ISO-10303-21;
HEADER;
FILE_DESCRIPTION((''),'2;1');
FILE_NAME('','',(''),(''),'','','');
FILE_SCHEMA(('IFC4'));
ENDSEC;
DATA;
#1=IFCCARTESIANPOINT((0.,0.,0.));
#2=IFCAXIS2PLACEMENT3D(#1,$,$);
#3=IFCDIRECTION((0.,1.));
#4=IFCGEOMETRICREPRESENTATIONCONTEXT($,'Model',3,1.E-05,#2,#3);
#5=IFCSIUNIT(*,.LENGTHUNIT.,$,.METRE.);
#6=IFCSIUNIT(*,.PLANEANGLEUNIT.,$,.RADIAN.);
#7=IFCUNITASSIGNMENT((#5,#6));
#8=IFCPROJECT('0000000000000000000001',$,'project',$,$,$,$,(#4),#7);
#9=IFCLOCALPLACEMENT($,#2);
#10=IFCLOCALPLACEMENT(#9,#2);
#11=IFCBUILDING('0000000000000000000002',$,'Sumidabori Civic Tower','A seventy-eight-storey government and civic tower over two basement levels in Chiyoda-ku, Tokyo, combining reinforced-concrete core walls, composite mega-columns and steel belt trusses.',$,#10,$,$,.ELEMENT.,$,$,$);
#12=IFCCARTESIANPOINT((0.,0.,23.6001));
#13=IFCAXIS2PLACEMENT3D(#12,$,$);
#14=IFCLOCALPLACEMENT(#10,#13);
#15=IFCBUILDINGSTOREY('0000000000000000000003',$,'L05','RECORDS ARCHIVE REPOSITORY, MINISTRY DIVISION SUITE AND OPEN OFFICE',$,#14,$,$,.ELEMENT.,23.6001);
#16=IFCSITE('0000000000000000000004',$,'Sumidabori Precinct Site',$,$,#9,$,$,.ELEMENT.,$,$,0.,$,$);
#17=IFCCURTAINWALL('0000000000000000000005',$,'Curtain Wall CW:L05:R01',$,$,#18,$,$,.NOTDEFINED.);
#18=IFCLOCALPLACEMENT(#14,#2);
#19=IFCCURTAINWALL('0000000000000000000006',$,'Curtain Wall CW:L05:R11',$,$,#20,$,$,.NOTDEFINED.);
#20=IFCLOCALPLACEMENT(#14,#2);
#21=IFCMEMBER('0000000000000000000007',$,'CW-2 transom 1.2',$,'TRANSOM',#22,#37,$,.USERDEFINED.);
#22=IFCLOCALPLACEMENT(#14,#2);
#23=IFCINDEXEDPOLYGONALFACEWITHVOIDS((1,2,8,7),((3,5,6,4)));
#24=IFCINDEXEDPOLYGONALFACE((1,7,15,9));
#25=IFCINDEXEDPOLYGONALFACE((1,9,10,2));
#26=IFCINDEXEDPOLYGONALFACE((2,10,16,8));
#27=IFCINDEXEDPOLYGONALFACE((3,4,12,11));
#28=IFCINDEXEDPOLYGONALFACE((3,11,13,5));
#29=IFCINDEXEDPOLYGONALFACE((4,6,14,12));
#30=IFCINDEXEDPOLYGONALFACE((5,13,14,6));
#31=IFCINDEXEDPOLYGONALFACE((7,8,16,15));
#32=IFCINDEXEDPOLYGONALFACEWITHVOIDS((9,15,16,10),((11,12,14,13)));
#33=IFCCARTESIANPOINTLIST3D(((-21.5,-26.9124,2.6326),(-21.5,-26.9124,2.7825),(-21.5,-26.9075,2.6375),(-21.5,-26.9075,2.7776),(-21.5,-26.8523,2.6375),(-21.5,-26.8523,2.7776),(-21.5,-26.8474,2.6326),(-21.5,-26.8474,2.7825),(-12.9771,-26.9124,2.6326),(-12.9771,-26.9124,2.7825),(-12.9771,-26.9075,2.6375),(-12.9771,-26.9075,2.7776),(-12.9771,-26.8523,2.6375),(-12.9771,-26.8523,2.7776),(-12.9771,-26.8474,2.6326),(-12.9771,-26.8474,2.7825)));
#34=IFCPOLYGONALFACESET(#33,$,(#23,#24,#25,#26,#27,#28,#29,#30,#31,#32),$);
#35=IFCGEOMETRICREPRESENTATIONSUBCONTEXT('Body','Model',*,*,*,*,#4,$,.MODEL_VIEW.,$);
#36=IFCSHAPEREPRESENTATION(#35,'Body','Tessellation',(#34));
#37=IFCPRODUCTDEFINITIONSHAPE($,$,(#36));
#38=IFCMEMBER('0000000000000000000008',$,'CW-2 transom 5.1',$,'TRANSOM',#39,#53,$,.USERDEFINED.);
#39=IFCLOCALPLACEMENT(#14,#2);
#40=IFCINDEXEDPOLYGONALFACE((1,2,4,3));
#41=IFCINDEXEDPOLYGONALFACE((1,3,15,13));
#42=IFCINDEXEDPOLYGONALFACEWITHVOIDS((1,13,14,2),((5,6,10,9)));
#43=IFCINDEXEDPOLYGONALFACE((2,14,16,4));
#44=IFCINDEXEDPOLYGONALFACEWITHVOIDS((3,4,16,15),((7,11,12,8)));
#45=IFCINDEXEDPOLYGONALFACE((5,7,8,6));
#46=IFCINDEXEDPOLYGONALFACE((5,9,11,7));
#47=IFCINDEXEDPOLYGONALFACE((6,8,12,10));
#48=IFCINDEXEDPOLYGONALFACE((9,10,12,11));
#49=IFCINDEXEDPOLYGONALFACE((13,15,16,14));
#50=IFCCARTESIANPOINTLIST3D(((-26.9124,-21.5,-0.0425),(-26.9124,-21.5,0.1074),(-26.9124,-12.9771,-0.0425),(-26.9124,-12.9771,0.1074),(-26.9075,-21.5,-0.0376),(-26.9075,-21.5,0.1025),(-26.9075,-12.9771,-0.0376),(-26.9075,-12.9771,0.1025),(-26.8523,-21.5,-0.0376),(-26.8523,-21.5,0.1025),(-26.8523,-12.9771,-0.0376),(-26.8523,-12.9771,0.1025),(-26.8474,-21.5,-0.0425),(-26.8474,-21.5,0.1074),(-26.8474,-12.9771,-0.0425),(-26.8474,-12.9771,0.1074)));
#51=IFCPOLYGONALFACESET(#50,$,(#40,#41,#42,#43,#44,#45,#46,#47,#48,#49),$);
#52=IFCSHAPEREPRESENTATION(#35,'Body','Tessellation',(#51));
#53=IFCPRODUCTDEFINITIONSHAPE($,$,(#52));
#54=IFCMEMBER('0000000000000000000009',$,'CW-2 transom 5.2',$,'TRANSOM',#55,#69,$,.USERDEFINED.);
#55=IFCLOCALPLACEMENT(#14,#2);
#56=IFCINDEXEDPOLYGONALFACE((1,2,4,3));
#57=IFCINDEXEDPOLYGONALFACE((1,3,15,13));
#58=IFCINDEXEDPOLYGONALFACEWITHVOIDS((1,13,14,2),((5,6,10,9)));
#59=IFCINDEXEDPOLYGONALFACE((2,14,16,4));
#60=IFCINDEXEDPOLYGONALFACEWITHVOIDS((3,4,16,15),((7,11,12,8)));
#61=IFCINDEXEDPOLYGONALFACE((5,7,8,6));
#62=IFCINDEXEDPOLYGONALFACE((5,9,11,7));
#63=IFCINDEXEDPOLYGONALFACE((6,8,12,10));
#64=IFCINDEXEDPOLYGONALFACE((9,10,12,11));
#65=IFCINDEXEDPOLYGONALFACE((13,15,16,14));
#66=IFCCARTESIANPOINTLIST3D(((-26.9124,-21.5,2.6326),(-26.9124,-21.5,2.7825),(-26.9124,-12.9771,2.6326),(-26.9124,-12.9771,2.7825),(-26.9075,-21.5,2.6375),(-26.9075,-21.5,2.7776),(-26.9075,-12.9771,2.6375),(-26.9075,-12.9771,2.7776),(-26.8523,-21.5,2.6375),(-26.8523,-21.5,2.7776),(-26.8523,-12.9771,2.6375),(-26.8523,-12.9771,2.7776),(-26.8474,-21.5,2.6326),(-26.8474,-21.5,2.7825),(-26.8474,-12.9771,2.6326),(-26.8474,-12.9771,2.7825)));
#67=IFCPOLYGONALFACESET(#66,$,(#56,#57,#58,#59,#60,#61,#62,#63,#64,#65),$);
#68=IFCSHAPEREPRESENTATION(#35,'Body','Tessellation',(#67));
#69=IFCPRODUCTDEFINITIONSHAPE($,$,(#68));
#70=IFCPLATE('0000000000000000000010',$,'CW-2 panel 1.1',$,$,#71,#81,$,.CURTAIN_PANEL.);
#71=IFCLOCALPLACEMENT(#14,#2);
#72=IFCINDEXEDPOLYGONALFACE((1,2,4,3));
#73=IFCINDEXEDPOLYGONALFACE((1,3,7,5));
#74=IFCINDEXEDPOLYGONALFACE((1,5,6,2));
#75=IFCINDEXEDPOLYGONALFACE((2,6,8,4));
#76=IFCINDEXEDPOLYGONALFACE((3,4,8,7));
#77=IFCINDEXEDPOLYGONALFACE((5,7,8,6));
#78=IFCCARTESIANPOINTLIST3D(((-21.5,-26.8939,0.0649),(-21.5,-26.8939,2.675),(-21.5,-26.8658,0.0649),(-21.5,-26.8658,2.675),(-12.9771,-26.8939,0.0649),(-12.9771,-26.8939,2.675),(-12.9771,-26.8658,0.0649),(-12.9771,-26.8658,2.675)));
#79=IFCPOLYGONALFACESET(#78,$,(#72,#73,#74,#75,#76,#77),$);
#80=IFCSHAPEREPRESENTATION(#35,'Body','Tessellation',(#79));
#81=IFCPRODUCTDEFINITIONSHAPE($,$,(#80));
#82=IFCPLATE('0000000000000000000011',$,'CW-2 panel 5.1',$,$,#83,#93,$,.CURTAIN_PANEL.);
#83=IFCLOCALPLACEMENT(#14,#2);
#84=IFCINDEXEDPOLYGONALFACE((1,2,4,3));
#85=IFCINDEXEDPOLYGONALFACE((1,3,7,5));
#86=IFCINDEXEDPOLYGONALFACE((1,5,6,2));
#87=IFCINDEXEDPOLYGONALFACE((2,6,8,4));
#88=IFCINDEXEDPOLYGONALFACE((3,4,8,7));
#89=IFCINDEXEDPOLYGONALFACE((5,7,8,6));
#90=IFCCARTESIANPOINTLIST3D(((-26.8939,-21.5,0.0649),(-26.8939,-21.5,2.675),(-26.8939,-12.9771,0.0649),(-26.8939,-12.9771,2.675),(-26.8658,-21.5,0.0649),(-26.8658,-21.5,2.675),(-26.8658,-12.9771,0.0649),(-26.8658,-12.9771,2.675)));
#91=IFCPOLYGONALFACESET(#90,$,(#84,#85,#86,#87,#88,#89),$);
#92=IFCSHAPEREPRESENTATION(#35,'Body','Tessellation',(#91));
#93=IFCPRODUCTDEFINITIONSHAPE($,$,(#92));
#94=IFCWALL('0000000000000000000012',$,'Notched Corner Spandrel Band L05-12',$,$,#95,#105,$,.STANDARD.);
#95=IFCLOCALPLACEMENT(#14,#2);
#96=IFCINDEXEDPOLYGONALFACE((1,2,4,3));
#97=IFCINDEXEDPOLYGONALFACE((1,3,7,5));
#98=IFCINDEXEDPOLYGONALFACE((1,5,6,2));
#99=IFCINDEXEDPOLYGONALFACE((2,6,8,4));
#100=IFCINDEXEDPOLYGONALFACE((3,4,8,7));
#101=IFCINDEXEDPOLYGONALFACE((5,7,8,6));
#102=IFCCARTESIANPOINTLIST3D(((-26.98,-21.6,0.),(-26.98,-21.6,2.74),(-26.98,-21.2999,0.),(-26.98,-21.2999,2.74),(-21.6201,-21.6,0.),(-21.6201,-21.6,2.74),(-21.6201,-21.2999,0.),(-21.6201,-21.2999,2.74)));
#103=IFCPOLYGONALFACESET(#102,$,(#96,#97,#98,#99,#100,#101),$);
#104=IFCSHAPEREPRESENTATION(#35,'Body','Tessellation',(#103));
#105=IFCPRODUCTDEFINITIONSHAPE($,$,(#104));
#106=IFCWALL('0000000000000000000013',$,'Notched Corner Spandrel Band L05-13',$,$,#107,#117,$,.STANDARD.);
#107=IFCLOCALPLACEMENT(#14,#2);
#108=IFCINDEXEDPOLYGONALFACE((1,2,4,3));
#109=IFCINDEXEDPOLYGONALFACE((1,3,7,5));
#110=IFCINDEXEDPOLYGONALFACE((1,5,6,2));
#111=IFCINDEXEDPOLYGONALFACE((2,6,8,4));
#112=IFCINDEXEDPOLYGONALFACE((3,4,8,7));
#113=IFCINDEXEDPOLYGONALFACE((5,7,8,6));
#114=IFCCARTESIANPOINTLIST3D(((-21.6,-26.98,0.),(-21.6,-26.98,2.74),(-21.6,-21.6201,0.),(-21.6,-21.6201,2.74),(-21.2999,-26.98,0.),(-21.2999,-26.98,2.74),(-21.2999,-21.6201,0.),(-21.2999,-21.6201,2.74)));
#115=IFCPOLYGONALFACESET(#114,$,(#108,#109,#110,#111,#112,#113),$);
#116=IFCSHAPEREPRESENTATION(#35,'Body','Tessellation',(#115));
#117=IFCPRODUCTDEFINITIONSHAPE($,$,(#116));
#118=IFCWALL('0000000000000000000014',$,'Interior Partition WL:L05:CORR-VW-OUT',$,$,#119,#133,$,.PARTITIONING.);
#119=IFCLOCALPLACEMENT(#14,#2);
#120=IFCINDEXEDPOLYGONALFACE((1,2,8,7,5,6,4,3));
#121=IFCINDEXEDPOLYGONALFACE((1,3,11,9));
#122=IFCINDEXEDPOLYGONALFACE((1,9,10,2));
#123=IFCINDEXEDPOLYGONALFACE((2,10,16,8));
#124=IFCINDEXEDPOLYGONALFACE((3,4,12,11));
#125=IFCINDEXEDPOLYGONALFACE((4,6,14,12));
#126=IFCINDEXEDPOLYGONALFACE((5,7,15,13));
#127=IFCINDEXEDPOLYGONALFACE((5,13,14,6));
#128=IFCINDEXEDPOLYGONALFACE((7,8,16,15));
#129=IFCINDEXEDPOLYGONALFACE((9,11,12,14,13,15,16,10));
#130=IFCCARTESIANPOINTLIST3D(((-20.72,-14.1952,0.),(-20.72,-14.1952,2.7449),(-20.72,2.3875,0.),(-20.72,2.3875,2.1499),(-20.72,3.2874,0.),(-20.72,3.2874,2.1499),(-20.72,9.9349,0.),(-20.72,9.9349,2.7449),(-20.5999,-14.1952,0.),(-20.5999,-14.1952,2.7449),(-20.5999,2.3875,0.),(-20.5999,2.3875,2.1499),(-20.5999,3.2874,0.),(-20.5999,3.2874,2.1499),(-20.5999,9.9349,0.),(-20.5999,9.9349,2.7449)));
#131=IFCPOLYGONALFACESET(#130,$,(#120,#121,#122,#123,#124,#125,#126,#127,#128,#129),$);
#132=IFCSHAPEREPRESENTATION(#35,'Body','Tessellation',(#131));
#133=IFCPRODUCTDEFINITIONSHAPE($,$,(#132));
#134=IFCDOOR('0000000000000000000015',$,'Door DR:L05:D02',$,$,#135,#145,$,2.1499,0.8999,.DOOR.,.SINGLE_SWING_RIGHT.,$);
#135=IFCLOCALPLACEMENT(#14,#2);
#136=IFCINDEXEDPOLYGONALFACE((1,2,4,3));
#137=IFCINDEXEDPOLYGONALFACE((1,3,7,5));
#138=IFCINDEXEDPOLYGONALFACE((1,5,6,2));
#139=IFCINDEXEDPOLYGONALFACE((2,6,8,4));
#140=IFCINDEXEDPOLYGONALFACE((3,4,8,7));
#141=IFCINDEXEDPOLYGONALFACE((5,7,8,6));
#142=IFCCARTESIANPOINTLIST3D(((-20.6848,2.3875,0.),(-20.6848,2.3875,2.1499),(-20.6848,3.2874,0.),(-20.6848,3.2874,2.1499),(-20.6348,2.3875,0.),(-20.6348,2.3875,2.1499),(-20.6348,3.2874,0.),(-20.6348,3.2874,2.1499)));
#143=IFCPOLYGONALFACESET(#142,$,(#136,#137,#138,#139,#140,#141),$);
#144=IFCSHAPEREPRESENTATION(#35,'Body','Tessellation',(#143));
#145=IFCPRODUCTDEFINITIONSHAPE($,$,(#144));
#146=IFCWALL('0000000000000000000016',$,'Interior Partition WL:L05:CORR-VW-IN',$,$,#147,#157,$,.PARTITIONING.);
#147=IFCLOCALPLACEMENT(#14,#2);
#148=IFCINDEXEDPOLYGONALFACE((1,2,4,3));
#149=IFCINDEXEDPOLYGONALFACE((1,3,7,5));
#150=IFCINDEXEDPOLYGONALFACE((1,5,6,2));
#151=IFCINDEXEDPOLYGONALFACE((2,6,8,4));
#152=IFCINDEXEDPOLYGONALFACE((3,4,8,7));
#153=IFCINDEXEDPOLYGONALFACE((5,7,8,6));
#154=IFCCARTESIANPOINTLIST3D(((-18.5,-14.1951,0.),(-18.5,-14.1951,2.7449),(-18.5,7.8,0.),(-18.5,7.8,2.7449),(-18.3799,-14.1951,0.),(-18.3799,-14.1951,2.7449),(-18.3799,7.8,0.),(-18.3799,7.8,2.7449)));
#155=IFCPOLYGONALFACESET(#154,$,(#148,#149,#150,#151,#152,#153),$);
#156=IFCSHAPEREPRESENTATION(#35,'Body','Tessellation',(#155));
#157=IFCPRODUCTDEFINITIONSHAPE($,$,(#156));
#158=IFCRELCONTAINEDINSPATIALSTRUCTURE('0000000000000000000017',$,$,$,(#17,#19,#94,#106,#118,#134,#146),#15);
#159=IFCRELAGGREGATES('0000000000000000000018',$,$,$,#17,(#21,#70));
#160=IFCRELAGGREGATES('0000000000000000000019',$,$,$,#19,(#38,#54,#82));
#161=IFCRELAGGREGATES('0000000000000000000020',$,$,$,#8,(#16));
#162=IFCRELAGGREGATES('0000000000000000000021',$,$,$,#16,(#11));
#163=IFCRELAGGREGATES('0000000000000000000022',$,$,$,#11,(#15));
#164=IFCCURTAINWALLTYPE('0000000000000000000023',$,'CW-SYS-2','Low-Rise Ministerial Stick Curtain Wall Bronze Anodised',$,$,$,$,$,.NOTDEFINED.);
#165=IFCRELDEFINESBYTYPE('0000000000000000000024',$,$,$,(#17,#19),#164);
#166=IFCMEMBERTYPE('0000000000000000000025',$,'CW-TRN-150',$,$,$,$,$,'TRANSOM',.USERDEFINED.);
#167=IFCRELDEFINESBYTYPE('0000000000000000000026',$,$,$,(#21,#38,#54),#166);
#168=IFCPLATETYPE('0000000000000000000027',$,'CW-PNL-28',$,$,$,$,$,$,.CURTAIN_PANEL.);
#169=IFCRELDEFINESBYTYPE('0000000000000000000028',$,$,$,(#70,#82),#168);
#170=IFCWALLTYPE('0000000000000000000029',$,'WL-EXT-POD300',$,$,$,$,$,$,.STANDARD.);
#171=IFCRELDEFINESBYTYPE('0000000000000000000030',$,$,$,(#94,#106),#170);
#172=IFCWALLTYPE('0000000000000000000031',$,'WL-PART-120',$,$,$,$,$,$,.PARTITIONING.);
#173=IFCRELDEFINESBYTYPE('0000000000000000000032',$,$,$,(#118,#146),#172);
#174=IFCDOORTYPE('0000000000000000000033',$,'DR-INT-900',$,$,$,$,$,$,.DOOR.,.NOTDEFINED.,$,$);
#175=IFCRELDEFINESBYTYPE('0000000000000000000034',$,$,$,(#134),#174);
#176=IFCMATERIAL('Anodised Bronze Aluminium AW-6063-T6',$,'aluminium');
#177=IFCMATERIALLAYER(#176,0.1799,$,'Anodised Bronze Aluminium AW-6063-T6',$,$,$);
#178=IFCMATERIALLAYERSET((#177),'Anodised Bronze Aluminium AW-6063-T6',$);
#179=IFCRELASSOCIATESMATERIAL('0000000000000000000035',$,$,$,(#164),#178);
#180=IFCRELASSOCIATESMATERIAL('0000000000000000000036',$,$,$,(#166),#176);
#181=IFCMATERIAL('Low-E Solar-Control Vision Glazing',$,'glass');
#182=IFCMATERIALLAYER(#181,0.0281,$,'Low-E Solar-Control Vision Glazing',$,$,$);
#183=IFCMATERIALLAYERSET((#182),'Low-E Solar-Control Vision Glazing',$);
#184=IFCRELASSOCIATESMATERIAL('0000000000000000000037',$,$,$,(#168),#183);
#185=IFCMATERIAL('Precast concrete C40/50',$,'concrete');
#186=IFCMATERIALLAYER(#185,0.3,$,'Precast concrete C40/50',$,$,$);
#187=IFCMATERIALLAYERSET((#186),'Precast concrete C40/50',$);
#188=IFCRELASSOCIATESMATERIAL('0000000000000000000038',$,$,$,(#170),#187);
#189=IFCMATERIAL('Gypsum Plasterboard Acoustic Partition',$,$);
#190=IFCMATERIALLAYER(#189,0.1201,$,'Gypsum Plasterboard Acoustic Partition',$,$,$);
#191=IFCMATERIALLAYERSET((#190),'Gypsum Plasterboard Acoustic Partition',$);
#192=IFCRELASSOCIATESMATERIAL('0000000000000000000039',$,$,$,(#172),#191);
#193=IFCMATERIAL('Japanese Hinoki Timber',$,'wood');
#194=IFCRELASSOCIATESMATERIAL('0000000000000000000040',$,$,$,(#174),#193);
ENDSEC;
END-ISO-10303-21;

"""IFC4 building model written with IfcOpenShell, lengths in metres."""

from ifc_helpers import new_model, si_unit, direction, frame, frame_2d, origin, origin_2d, place, context, subcontext, project, spatial, rectangle, hollow_rectangle, extrude, source, transform, mapped, material, layer, layer_set, material_profile, profile_set, type_object, element, fill, aggregate, save


model = new_model("IFC4")

# Units and contexts
model_context = context("Model", 3, precision=1e-05, world=origin(), true_north=direction((0.0, 1.0)))
body_context = subcontext(model_context, "Body", "Model", "MODEL_VIEW")
ifc_project = project(units=[si_unit("LENGTHUNIT", "METRE"), si_unit("PLANEANGLEUNIT", "RADIAN")], contexts=[model_context])

# Site, building, storey
site_placement = place(None, origin())
site = spatial("IfcSite", under=ifc_project, at=site_placement, Name="Sumidabori Precinct Site", CompositionType="ELEMENT", RefElevation=0.0)
building_placement = place(site_placement, origin())
building = spatial("IfcBuilding", under=site, at=building_placement, Name="Sumidabori Civic Tower", Description="A seventy-eight-storey government and civic tower over two basement levels in Chiyoda-ku, Tokyo, combining reinforced-concrete core walls, composite mega-columns and steel belt trusses.", CompositionType="ELEMENT")
storey_placement = place(building_placement, frame((0.0, 0.0, 23.6001)))
storey = spatial("IfcBuildingStorey", under=building, at=storey_placement, Name="L05", Description="RECORDS ARCHIVE REPOSITORY, MINISTRY DIVISION SUITE AND OPEN OFFICE", CompositionType="ELEMENT", Elevation=23.6001)

# Curtain walls
ifc_material_1 = material(Name="Anodised Bronze Aluminium AW-6063-T6", Category="aluminium")
ifc_layer_1 = layer(ifc_material_1, 0.1799, Name="Anodised Bronze Aluminium AW-6063-T6")
ifc_layer_set_1 = layer_set([ifc_layer_1], Name="Anodised Bronze Aluminium AW-6063-T6")
curtain_wall_type = type_object("IfcCurtainWallType", Name="CW-SYS-2", Description="Low-Rise Ministerial Stick Curtain Wall Bronze Anodised", PredefinedType="NOTDEFINED", material=ifc_layer_set_1)
curtain_wall_1_placement = place(storey_placement, origin())
curtain_wall_1 = element("IfcCurtainWall", 1, at=curtain_wall_1_placement, inside=storey, type_object=curtain_wall_type, Name="Curtain Wall CW:L05:R01", PredefinedType="NOTDEFINED")
curtain_wall_2_placement = place(storey_placement, origin())
curtain_wall_2 = element("IfcCurtainWall", 2, at=curtain_wall_2_placement, inside=storey, type_object=curtain_wall_type, Name="Curtain Wall CW:L05:R11", PredefinedType="NOTDEFINED")

# Members
ifc_material_profile_1 = material_profile(ifc_material_1, hollow_rectangle(XDim=0.0649, YDim=0.1499, WallThickness=0.0049, at=origin_2d()), Name="ALU TRANSOM 150x65")
ifc_profile_set_1 = profile_set([ifc_material_profile_1], Name="Anodised Bronze Aluminium AW-6063-T6")
member_type_1 = type_object("IfcMemberType", Name="CW-TRN-150", ElementType="TRANSOM", PredefinedType="USERDEFINED", material=ifc_profile_set_1)
shared_shape_1 = source(origin(), body_context, "Body", "SweptSolid", [
    extrude(hollow_rectangle(XDim=0.0649, YDim=0.1499, WallThickness=0.0049, at=origin_2d()), origin(), (0.0, 0.0, 1.0), 8.5229),
])
member_1_placement = place(storey_placement, frame((-21.5, -26.8799, 2.7075), z_axis=(1.0, 0.0, 0.0), x_axis=(0.0, 1.0, 0.0)))
member_1 = element("IfcMember", 3, at=member_1_placement, type_object=member_type_1, Name="CW-2 transom 1.2", ObjectType="TRANSOM", PredefinedType="USERDEFINED", context=body_context, shape_type="MappedRepresentation", body=[
    mapped(shared_shape_1, transform((0.0, 0.0, 0.0), x_axis=(1.0, 0.0, 0.0), y_axis=(0.0, 1.0, 0.0), z_axis=(0.0, 0.0, 1.0), scale=1.0)),
])
member_2_placement = place(storey_placement, frame((-26.8799, -12.9771, 0.0325), z_axis=(0.0, -1.0, 0.0), x_axis=(1.0, 0.0, 0.0)))
member_2 = element("IfcMember", 4, at=member_2_placement, type_object=member_type_1, Name="CW-2 transom 5.1", ObjectType="TRANSOM", PredefinedType="USERDEFINED", context=body_context, shape_type="MappedRepresentation", body=[
    mapped(shared_shape_1, transform((0.0, 0.0, 0.0), x_axis=(1.0, 0.0, 0.0), y_axis=(0.0, 1.0, 0.0), z_axis=(0.0, 0.0, 1.0), scale=1.0)),
])
member_3_placement = place(storey_placement, frame((-26.8799, -12.9771, 2.7075), z_axis=(0.0, -1.0, 0.0), x_axis=(1.0, 0.0, 0.0)))
member_3 = element("IfcMember", 5, at=member_3_placement, type_object=member_type_1, Name="CW-2 transom 5.2", ObjectType="TRANSOM", PredefinedType="USERDEFINED", context=body_context, shape_type="MappedRepresentation", body=[
    mapped(shared_shape_1, transform((0.0, 0.0, 0.0), x_axis=(1.0, 0.0, 0.0), y_axis=(0.0, 1.0, 0.0), z_axis=(0.0, 0.0, 1.0), scale=1.0)),
])

# Plates
ifc_material_2 = material(Name="Low-E Solar-Control Vision Glazing", Category="glass")
ifc_layer_2 = layer(ifc_material_2, 0.0281, Name="Low-E Solar-Control Vision Glazing")
ifc_layer_set_2 = layer_set([ifc_layer_2], Name="Low-E Solar-Control Vision Glazing")
plate_type = type_object("IfcPlateType", Name="CW-PNL-28", PredefinedType="CURTAIN_PANEL", material=ifc_layer_set_2)
shared_shape_2 = source(origin(), body_context, "Body", "SweptSolid", [
    extrude(rectangle(XDim=8.5229, YDim=0.0281, at=origin_2d()), origin(), (0.0, 0.0, 1.0), 2.6101),
])
plate_1_placement = place(storey_placement, frame((-17.2385, -26.8799, 0.0649), z_axis=(0.0, 0.0, 1.0), x_axis=(1.0, 0.0, 0.0)))
plate_1 = element("IfcPlate", 6, at=plate_1_placement, type_object=plate_type, Name="CW-2 panel 1.1", PredefinedType="CURTAIN_PANEL", context=body_context, shape_type="MappedRepresentation", body=[
    mapped(shared_shape_2, transform((0.0, 0.0, 0.0), x_axis=(1.0, 0.0, 0.0), y_axis=(0.0, 1.0, 0.0), z_axis=(0.0, 0.0, 1.0), scale=1.0)),
])
aggregate(curtain_wall_1, [member_1, plate_1])
plate_2_placement = place(storey_placement, frame((-26.8799, -17.2385, 0.0649), z_axis=(0.0, 0.0, 1.0), x_axis=(0.0, -1.0, 0.0)))
plate_2 = element("IfcPlate", 7, at=plate_2_placement, type_object=plate_type, Name="CW-2 panel 5.1", PredefinedType="CURTAIN_PANEL", context=body_context, shape_type="MappedRepresentation", body=[
    mapped(shared_shape_2, transform((0.0, 0.0, 0.0), x_axis=(1.0, 0.0, 0.0), y_axis=(0.0, 1.0, 0.0), z_axis=(0.0, 0.0, 1.0), scale=1.0)),
])
aggregate(curtain_wall_2, [member_2, member_3, plate_2])

# Walls
ifc_material_3 = material(Name="Precast concrete C40/50", Category="concrete")
ifc_layer_3 = layer(ifc_material_3, 0.3, Name="Precast concrete C40/50")
ifc_layer_set_3 = layer_set([ifc_layer_3], Name="Precast concrete C40/50")
wall_type_1 = type_object("IfcWallType", Name="WL-EXT-POD300", PredefinedType="STANDARD", material=ifc_layer_set_3)
shared_shape_3 = source(origin(), body_context, "Body", "SweptSolid", [
    extrude(rectangle(XDim=5.3599, YDim=0.3, at=frame_2d((2.6799, 0.0))), origin(), (0.0, 0.0, 1.0), 2.74),
])
for number, where, z_axis, x_axis, name in (
    (8, (-26.98, -21.45, 0.0), (0.0, 0.0, 1.0), (1.0, 0.0, 0.0), "Notched Corner Spandrel Band L05-12"),
    (9, (-21.45, -21.6201, 0.0), (0.0, 0.0, 1.0), (0.0, -1.0, 0.0), "Notched Corner Spandrel Band L05-13"),
):
    element("IfcWall", number, at=place(storey_placement, frame(where, z_axis=z_axis, x_axis=x_axis)), inside=storey, type_object=wall_type_1, Name=name, PredefinedType="STANDARD", context=body_context, shape_type="MappedRepresentation", body=[
        mapped(shared_shape_3, transform((0.0, 0.0, 0.0), x_axis=(1.0, 0.0, 0.0), y_axis=(0.0, 1.0, 0.0), z_axis=(0.0, 0.0, 1.0), scale=1.0)),
    ])

# Wall, opening, door
ifc_material_4 = material(Name="Gypsum Plasterboard Acoustic Partition")
ifc_layer_4 = layer(ifc_material_4, 0.1201, Name="Gypsum Plasterboard Acoustic Partition")
ifc_layer_set_4 = layer_set([ifc_layer_4], Name="Gypsum Plasterboard Acoustic Partition")
wall_type_2 = type_object("IfcWallType", Name="WL-PART-120", PredefinedType="PARTITIONING", material=ifc_layer_set_4)
ifc_material_5 = material(Name="Japanese Hinoki Timber", Category="wood")
door_type = type_object("IfcDoorType", Name="DR-INT-900", OperationType="NOTDEFINED", PredefinedType="DOOR", material=ifc_material_5)
shared_shape_4 = source(origin(), body_context, "Body", "SweptSolid", [
    extrude(rectangle(XDim=0.8999, YDim=2.1499, at=frame_2d((0.45, 1.075))), frame((0.0, 0.0249, 0.0), z_axis=(0.0, -1.0, 0.0), x_axis=(1.0, 0.0, 0.0)), (0.0, 0.0, 1.0), 0.05),
])
shared_shape_5 = source(origin(), body_context, "Body", "SweptSolid", [
    extrude(rectangle(XDim=24.1301, YDim=0.1201, at=frame_2d((12.0649, 0.0))), origin(), (0.0, 0.0, 1.0), 2.7449),
])
wall_1_placement = place(storey_placement, frame((-20.6599, -14.1951, 0.0), z_axis=(0.0, 0.0, 1.0), x_axis=(0.0, 1.0, 0.0)))
wall_1 = element("IfcWall", 10, at=wall_1_placement, inside=storey, type_object=wall_type_2, Name="Interior Partition WL:L05:CORR-VW-OUT", PredefinedType="PARTITIONING", context=body_context, shape_type="MappedRepresentation", body=[
    mapped(shared_shape_5, transform((0.0, 0.0, 0.0), x_axis=(1.0, 0.0, 0.0), y_axis=(0.0, 1.0, 0.0), z_axis=(0.0, 0.0, 1.0), scale=1.0)),
])
opening_1_placement = place(wall_1_placement, frame((16.5825, 0.0, 0.0)))
opening_1 = element("IfcOpeningElement", 11, at=opening_1_placement, cuts=wall_1, PredefinedType="OPENING", context=body_context, shape_type="SweptSolid", body=[
    extrude(rectangle(XDim=0.8999, YDim=2.1499, at=frame_2d((0.45, 1.075))), frame((0.0, 0.072, 0.0), z_axis=(0.0, -1.0, 0.0), x_axis=(1.0, 0.0, 0.0)), (0.0, 0.0, 1.0), 0.144),
])
door_1_placement = place(opening_1_placement, origin())
door_1 = element("IfcDoor", 12, at=door_1_placement, inside=storey, type_object=door_type, Name="Door DR:L05:D02", OperationType="SINGLE_SWING_RIGHT", OverallHeight=2.1499, OverallWidth=0.8999, PredefinedType="DOOR", context=body_context, shape_type="MappedRepresentation", body=[
    mapped(shared_shape_4, transform((0.0, 0.0, 0.0), x_axis=(1.0, 0.0, 0.0), y_axis=(0.0, 1.0, 0.0), z_axis=(0.0, 0.0, 1.0), scale=1.0)),
])
fill(opening_1, door_1)

# Wall
shared_shape_6 = source(origin(), body_context, "Body", "SweptSolid", [
    extrude(rectangle(XDim=21.9951, YDim=0.1201, at=frame_2d((10.9976, 0.0))), origin(), (0.0, 0.0, 1.0), 2.7449),
])
wall_2_placement = place(storey_placement, frame((-18.4399, -14.1951, 0.0), z_axis=(0.0, 0.0, 1.0), x_axis=(0.0, 1.0, 0.0)))
element("IfcWall", 13, at=wall_2_placement, inside=storey, type_object=wall_type_2, Name="Interior Partition WL:L05:CORR-VW-IN", PredefinedType="PARTITIONING", context=body_context, shape_type="MappedRepresentation", body=[
    mapped(shared_shape_6, transform((0.0, 0.0, 0.0), x_axis=(1.0, 0.0, 0.0), y_axis=(0.0, 1.0, 0.0), z_axis=(0.0, 0.0, 1.0), scale=1.0)),
])

save(model, "model.ifc")
